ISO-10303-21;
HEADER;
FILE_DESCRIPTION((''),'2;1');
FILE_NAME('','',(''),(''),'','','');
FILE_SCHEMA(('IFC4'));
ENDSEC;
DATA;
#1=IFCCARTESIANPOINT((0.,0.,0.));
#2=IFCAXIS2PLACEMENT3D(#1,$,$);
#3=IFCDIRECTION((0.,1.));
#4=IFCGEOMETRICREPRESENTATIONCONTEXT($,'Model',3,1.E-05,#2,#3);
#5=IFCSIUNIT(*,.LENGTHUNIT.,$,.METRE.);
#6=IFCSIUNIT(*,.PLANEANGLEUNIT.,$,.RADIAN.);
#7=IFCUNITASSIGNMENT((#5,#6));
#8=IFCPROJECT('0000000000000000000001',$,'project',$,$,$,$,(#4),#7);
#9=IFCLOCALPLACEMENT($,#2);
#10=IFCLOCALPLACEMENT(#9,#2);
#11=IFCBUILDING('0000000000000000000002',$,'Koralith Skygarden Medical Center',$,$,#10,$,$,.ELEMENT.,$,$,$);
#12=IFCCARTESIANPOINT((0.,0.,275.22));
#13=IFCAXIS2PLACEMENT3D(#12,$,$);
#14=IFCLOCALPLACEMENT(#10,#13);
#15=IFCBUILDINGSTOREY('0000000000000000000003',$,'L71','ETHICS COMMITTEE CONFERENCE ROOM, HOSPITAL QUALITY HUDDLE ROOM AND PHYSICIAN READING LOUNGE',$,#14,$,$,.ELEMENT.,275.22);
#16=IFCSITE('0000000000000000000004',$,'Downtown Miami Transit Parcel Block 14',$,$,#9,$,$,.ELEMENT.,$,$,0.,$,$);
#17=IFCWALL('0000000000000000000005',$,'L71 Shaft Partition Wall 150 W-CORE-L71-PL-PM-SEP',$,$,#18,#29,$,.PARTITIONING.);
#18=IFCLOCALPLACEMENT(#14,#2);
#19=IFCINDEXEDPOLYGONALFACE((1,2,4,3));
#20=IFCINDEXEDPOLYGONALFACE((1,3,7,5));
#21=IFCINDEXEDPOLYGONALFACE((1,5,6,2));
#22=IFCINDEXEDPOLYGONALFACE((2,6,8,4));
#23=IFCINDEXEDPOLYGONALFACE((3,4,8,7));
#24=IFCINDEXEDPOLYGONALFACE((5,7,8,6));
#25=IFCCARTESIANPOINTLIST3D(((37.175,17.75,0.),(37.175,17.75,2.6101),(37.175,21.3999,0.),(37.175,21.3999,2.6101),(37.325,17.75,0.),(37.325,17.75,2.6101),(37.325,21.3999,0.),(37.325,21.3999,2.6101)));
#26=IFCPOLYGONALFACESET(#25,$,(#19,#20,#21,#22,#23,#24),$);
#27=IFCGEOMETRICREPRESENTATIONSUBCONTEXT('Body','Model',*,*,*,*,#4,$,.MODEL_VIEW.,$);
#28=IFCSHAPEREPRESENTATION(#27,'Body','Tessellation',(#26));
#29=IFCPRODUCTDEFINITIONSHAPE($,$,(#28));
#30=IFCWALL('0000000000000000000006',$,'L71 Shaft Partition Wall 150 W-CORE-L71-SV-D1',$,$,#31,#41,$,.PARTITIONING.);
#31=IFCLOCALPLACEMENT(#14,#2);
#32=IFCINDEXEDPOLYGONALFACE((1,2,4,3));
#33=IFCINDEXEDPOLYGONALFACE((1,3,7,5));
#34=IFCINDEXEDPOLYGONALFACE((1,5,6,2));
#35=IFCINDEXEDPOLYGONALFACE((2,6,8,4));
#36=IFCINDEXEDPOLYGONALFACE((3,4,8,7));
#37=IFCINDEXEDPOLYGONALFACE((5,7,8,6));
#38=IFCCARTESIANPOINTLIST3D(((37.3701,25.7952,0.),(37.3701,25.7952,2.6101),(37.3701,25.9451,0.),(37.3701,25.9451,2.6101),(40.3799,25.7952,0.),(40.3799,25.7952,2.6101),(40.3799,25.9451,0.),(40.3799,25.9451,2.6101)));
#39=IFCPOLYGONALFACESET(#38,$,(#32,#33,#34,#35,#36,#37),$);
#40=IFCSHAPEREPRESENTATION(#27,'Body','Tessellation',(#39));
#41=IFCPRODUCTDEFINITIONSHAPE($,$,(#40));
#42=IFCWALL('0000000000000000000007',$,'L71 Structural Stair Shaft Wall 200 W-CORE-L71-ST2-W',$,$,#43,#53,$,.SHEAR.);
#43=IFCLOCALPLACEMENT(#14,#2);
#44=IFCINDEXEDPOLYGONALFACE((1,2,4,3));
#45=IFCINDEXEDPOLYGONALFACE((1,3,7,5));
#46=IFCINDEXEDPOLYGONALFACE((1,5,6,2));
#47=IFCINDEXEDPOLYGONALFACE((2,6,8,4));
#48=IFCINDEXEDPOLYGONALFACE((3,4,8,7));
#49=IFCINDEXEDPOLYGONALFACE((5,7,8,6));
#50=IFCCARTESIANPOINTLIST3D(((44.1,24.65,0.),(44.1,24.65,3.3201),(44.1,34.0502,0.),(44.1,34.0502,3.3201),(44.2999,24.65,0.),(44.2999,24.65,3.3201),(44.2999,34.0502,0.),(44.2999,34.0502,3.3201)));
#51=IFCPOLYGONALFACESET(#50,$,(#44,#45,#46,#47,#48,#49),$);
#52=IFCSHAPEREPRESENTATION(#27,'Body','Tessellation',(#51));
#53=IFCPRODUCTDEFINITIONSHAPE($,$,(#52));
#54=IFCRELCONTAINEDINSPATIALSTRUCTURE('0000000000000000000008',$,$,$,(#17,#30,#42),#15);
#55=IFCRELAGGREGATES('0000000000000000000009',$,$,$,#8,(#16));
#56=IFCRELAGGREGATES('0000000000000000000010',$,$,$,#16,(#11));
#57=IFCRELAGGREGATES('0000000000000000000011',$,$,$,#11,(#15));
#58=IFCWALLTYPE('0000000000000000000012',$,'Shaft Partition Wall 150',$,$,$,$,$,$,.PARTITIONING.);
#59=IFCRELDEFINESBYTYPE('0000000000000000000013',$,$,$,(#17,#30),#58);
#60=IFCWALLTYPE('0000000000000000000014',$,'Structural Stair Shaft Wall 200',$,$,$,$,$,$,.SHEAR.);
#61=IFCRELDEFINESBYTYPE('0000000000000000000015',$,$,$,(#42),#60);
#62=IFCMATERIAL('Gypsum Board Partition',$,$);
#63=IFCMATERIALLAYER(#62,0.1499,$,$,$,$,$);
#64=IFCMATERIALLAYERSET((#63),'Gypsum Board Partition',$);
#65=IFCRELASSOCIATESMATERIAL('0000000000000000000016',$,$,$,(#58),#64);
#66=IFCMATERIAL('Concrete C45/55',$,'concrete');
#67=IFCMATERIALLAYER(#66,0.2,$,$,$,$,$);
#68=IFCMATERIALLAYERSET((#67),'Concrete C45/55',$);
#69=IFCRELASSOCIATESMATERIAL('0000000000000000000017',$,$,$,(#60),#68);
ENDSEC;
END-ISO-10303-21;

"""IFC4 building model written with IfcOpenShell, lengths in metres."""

from ifc_helpers import new_model, si_unit, direction, frame, frame_2d, origin, place, context, subcontext, project, spatial, rectangle, extrude, material, layer, layer_set, type_object, element, save


model = new_model("IFC4")

# Units and contexts
model_context = context("Model", 3, precision=1e-05, world=origin(), true_north=direction((0.0, 1.0)))
body_context = subcontext(model_context, "Body", "Model", "MODEL_VIEW")
ifc_project = project(units=[si_unit("LENGTHUNIT", "METRE"), si_unit("PLANEANGLEUNIT", "RADIAN")], contexts=[model_context])

# Site, building, storey
site_placement = place(None, origin())
site = spatial("IfcSite", under=ifc_project, at=site_placement, Name="Downtown Miami Transit Parcel Block 14", CompositionType="ELEMENT", RefElevation=0.0)
building_placement = place(site_placement, origin())
building = spatial("IfcBuilding", under=site, at=building_placement, Name="Koralith Skygarden Medical Center", CompositionType="ELEMENT")
storey_placement = place(building_placement, frame((0.0, 0.0, 275.22)))
storey = spatial("IfcBuildingStorey", under=building, at=storey_placement, Name="L71", Description="ETHICS COMMITTEE CONFERENCE ROOM, HOSPITAL QUALITY HUDDLE ROOM AND PHYSICIAN READING LOUNGE", CompositionType="ELEMENT", Elevation=275.22)

# Shared definitions
ifc_material_1 = material(Name="Concrete C45/55", Category="concrete")

# Shared definitions
ifc_material_2 = material(Name="Gypsum Board Partition")

# Walls
ifc_layer_1 = layer(ifc_material_2, 0.1499)
ifc_layer_set_1 = layer_set([ifc_layer_1], Name="Gypsum Board Partition")
wall_type_1 = type_object("IfcWallType", Name="Shaft Partition Wall 150", PredefinedType="PARTITIONING", material=ifc_layer_set_1)
wall_1_placement = place(storey_placement, frame((37.25, 17.75, 0.0), z_axis=(0.0, 0.0, 1.0), x_axis=(0.0, 1.0, 0.0)))
element("IfcWall", 1, at=wall_1_placement, inside=storey, type_object=wall_type_1, Name="L71 Shaft Partition Wall 150 W-CORE-L71-PL-PM-SEP", PredefinedType="PARTITIONING", context=body_context, shape_type="SweptSolid", body=[
    extrude(rectangle(XDim=3.6499, YDim=0.1499, at=frame_2d((1.825, 0.0))), origin(), (0.0, 0.0, 1.0), 2.6101),
])
wall_2_placement = place(storey_placement, frame((37.3701, 25.8701, 0.0), z_axis=(0.0, 0.0, 1.0), x_axis=(1.0, 0.0, 0.0)))
element("IfcWall", 2, at=wall_2_placement, inside=storey, type_object=wall_type_1, Name="L71 Shaft Partition Wall 150 W-CORE-L71-SV-D1", PredefinedType="PARTITIONING", context=body_context, shape_type="SweptSolid", body=[
    extrude(rectangle(XDim=3.0098, YDim=0.1499, at=frame_2d((1.5049, 0.0))), origin(), (0.0, 0.0, 1.0), 2.6101),
])
ifc_layer_2 = layer(ifc_material_1, 0.2)
ifc_layer_set_2 = layer_set([ifc_layer_2], Name="Concrete C45/55")
wall_type_2 = type_object("IfcWallType", Name="Structural Stair Shaft Wall 200", PredefinedType="SHEAR", material=ifc_layer_set_2)
wall_3_placement = place(storey_placement, frame((44.2, 24.6499, 0.0), z_axis=(0.0, 0.0, 1.0), x_axis=(0.0, 1.0, 0.0)))
element("IfcWall", 3, at=wall_3_placement, inside=storey, type_object=wall_type_2, Name="L71 Structural Stair Shaft Wall 200 W-CORE-L71-ST2-W", PredefinedType="SHEAR", context=body_context, shape_type="SweptSolid", body=[
    extrude(rectangle(XDim=9.4001, YDim=0.2, at=frame_2d((4.7002, 0.0))), origin(), (0.0, 0.0, 1.0), 3.3201),
])

save(model, "model.ifc")
